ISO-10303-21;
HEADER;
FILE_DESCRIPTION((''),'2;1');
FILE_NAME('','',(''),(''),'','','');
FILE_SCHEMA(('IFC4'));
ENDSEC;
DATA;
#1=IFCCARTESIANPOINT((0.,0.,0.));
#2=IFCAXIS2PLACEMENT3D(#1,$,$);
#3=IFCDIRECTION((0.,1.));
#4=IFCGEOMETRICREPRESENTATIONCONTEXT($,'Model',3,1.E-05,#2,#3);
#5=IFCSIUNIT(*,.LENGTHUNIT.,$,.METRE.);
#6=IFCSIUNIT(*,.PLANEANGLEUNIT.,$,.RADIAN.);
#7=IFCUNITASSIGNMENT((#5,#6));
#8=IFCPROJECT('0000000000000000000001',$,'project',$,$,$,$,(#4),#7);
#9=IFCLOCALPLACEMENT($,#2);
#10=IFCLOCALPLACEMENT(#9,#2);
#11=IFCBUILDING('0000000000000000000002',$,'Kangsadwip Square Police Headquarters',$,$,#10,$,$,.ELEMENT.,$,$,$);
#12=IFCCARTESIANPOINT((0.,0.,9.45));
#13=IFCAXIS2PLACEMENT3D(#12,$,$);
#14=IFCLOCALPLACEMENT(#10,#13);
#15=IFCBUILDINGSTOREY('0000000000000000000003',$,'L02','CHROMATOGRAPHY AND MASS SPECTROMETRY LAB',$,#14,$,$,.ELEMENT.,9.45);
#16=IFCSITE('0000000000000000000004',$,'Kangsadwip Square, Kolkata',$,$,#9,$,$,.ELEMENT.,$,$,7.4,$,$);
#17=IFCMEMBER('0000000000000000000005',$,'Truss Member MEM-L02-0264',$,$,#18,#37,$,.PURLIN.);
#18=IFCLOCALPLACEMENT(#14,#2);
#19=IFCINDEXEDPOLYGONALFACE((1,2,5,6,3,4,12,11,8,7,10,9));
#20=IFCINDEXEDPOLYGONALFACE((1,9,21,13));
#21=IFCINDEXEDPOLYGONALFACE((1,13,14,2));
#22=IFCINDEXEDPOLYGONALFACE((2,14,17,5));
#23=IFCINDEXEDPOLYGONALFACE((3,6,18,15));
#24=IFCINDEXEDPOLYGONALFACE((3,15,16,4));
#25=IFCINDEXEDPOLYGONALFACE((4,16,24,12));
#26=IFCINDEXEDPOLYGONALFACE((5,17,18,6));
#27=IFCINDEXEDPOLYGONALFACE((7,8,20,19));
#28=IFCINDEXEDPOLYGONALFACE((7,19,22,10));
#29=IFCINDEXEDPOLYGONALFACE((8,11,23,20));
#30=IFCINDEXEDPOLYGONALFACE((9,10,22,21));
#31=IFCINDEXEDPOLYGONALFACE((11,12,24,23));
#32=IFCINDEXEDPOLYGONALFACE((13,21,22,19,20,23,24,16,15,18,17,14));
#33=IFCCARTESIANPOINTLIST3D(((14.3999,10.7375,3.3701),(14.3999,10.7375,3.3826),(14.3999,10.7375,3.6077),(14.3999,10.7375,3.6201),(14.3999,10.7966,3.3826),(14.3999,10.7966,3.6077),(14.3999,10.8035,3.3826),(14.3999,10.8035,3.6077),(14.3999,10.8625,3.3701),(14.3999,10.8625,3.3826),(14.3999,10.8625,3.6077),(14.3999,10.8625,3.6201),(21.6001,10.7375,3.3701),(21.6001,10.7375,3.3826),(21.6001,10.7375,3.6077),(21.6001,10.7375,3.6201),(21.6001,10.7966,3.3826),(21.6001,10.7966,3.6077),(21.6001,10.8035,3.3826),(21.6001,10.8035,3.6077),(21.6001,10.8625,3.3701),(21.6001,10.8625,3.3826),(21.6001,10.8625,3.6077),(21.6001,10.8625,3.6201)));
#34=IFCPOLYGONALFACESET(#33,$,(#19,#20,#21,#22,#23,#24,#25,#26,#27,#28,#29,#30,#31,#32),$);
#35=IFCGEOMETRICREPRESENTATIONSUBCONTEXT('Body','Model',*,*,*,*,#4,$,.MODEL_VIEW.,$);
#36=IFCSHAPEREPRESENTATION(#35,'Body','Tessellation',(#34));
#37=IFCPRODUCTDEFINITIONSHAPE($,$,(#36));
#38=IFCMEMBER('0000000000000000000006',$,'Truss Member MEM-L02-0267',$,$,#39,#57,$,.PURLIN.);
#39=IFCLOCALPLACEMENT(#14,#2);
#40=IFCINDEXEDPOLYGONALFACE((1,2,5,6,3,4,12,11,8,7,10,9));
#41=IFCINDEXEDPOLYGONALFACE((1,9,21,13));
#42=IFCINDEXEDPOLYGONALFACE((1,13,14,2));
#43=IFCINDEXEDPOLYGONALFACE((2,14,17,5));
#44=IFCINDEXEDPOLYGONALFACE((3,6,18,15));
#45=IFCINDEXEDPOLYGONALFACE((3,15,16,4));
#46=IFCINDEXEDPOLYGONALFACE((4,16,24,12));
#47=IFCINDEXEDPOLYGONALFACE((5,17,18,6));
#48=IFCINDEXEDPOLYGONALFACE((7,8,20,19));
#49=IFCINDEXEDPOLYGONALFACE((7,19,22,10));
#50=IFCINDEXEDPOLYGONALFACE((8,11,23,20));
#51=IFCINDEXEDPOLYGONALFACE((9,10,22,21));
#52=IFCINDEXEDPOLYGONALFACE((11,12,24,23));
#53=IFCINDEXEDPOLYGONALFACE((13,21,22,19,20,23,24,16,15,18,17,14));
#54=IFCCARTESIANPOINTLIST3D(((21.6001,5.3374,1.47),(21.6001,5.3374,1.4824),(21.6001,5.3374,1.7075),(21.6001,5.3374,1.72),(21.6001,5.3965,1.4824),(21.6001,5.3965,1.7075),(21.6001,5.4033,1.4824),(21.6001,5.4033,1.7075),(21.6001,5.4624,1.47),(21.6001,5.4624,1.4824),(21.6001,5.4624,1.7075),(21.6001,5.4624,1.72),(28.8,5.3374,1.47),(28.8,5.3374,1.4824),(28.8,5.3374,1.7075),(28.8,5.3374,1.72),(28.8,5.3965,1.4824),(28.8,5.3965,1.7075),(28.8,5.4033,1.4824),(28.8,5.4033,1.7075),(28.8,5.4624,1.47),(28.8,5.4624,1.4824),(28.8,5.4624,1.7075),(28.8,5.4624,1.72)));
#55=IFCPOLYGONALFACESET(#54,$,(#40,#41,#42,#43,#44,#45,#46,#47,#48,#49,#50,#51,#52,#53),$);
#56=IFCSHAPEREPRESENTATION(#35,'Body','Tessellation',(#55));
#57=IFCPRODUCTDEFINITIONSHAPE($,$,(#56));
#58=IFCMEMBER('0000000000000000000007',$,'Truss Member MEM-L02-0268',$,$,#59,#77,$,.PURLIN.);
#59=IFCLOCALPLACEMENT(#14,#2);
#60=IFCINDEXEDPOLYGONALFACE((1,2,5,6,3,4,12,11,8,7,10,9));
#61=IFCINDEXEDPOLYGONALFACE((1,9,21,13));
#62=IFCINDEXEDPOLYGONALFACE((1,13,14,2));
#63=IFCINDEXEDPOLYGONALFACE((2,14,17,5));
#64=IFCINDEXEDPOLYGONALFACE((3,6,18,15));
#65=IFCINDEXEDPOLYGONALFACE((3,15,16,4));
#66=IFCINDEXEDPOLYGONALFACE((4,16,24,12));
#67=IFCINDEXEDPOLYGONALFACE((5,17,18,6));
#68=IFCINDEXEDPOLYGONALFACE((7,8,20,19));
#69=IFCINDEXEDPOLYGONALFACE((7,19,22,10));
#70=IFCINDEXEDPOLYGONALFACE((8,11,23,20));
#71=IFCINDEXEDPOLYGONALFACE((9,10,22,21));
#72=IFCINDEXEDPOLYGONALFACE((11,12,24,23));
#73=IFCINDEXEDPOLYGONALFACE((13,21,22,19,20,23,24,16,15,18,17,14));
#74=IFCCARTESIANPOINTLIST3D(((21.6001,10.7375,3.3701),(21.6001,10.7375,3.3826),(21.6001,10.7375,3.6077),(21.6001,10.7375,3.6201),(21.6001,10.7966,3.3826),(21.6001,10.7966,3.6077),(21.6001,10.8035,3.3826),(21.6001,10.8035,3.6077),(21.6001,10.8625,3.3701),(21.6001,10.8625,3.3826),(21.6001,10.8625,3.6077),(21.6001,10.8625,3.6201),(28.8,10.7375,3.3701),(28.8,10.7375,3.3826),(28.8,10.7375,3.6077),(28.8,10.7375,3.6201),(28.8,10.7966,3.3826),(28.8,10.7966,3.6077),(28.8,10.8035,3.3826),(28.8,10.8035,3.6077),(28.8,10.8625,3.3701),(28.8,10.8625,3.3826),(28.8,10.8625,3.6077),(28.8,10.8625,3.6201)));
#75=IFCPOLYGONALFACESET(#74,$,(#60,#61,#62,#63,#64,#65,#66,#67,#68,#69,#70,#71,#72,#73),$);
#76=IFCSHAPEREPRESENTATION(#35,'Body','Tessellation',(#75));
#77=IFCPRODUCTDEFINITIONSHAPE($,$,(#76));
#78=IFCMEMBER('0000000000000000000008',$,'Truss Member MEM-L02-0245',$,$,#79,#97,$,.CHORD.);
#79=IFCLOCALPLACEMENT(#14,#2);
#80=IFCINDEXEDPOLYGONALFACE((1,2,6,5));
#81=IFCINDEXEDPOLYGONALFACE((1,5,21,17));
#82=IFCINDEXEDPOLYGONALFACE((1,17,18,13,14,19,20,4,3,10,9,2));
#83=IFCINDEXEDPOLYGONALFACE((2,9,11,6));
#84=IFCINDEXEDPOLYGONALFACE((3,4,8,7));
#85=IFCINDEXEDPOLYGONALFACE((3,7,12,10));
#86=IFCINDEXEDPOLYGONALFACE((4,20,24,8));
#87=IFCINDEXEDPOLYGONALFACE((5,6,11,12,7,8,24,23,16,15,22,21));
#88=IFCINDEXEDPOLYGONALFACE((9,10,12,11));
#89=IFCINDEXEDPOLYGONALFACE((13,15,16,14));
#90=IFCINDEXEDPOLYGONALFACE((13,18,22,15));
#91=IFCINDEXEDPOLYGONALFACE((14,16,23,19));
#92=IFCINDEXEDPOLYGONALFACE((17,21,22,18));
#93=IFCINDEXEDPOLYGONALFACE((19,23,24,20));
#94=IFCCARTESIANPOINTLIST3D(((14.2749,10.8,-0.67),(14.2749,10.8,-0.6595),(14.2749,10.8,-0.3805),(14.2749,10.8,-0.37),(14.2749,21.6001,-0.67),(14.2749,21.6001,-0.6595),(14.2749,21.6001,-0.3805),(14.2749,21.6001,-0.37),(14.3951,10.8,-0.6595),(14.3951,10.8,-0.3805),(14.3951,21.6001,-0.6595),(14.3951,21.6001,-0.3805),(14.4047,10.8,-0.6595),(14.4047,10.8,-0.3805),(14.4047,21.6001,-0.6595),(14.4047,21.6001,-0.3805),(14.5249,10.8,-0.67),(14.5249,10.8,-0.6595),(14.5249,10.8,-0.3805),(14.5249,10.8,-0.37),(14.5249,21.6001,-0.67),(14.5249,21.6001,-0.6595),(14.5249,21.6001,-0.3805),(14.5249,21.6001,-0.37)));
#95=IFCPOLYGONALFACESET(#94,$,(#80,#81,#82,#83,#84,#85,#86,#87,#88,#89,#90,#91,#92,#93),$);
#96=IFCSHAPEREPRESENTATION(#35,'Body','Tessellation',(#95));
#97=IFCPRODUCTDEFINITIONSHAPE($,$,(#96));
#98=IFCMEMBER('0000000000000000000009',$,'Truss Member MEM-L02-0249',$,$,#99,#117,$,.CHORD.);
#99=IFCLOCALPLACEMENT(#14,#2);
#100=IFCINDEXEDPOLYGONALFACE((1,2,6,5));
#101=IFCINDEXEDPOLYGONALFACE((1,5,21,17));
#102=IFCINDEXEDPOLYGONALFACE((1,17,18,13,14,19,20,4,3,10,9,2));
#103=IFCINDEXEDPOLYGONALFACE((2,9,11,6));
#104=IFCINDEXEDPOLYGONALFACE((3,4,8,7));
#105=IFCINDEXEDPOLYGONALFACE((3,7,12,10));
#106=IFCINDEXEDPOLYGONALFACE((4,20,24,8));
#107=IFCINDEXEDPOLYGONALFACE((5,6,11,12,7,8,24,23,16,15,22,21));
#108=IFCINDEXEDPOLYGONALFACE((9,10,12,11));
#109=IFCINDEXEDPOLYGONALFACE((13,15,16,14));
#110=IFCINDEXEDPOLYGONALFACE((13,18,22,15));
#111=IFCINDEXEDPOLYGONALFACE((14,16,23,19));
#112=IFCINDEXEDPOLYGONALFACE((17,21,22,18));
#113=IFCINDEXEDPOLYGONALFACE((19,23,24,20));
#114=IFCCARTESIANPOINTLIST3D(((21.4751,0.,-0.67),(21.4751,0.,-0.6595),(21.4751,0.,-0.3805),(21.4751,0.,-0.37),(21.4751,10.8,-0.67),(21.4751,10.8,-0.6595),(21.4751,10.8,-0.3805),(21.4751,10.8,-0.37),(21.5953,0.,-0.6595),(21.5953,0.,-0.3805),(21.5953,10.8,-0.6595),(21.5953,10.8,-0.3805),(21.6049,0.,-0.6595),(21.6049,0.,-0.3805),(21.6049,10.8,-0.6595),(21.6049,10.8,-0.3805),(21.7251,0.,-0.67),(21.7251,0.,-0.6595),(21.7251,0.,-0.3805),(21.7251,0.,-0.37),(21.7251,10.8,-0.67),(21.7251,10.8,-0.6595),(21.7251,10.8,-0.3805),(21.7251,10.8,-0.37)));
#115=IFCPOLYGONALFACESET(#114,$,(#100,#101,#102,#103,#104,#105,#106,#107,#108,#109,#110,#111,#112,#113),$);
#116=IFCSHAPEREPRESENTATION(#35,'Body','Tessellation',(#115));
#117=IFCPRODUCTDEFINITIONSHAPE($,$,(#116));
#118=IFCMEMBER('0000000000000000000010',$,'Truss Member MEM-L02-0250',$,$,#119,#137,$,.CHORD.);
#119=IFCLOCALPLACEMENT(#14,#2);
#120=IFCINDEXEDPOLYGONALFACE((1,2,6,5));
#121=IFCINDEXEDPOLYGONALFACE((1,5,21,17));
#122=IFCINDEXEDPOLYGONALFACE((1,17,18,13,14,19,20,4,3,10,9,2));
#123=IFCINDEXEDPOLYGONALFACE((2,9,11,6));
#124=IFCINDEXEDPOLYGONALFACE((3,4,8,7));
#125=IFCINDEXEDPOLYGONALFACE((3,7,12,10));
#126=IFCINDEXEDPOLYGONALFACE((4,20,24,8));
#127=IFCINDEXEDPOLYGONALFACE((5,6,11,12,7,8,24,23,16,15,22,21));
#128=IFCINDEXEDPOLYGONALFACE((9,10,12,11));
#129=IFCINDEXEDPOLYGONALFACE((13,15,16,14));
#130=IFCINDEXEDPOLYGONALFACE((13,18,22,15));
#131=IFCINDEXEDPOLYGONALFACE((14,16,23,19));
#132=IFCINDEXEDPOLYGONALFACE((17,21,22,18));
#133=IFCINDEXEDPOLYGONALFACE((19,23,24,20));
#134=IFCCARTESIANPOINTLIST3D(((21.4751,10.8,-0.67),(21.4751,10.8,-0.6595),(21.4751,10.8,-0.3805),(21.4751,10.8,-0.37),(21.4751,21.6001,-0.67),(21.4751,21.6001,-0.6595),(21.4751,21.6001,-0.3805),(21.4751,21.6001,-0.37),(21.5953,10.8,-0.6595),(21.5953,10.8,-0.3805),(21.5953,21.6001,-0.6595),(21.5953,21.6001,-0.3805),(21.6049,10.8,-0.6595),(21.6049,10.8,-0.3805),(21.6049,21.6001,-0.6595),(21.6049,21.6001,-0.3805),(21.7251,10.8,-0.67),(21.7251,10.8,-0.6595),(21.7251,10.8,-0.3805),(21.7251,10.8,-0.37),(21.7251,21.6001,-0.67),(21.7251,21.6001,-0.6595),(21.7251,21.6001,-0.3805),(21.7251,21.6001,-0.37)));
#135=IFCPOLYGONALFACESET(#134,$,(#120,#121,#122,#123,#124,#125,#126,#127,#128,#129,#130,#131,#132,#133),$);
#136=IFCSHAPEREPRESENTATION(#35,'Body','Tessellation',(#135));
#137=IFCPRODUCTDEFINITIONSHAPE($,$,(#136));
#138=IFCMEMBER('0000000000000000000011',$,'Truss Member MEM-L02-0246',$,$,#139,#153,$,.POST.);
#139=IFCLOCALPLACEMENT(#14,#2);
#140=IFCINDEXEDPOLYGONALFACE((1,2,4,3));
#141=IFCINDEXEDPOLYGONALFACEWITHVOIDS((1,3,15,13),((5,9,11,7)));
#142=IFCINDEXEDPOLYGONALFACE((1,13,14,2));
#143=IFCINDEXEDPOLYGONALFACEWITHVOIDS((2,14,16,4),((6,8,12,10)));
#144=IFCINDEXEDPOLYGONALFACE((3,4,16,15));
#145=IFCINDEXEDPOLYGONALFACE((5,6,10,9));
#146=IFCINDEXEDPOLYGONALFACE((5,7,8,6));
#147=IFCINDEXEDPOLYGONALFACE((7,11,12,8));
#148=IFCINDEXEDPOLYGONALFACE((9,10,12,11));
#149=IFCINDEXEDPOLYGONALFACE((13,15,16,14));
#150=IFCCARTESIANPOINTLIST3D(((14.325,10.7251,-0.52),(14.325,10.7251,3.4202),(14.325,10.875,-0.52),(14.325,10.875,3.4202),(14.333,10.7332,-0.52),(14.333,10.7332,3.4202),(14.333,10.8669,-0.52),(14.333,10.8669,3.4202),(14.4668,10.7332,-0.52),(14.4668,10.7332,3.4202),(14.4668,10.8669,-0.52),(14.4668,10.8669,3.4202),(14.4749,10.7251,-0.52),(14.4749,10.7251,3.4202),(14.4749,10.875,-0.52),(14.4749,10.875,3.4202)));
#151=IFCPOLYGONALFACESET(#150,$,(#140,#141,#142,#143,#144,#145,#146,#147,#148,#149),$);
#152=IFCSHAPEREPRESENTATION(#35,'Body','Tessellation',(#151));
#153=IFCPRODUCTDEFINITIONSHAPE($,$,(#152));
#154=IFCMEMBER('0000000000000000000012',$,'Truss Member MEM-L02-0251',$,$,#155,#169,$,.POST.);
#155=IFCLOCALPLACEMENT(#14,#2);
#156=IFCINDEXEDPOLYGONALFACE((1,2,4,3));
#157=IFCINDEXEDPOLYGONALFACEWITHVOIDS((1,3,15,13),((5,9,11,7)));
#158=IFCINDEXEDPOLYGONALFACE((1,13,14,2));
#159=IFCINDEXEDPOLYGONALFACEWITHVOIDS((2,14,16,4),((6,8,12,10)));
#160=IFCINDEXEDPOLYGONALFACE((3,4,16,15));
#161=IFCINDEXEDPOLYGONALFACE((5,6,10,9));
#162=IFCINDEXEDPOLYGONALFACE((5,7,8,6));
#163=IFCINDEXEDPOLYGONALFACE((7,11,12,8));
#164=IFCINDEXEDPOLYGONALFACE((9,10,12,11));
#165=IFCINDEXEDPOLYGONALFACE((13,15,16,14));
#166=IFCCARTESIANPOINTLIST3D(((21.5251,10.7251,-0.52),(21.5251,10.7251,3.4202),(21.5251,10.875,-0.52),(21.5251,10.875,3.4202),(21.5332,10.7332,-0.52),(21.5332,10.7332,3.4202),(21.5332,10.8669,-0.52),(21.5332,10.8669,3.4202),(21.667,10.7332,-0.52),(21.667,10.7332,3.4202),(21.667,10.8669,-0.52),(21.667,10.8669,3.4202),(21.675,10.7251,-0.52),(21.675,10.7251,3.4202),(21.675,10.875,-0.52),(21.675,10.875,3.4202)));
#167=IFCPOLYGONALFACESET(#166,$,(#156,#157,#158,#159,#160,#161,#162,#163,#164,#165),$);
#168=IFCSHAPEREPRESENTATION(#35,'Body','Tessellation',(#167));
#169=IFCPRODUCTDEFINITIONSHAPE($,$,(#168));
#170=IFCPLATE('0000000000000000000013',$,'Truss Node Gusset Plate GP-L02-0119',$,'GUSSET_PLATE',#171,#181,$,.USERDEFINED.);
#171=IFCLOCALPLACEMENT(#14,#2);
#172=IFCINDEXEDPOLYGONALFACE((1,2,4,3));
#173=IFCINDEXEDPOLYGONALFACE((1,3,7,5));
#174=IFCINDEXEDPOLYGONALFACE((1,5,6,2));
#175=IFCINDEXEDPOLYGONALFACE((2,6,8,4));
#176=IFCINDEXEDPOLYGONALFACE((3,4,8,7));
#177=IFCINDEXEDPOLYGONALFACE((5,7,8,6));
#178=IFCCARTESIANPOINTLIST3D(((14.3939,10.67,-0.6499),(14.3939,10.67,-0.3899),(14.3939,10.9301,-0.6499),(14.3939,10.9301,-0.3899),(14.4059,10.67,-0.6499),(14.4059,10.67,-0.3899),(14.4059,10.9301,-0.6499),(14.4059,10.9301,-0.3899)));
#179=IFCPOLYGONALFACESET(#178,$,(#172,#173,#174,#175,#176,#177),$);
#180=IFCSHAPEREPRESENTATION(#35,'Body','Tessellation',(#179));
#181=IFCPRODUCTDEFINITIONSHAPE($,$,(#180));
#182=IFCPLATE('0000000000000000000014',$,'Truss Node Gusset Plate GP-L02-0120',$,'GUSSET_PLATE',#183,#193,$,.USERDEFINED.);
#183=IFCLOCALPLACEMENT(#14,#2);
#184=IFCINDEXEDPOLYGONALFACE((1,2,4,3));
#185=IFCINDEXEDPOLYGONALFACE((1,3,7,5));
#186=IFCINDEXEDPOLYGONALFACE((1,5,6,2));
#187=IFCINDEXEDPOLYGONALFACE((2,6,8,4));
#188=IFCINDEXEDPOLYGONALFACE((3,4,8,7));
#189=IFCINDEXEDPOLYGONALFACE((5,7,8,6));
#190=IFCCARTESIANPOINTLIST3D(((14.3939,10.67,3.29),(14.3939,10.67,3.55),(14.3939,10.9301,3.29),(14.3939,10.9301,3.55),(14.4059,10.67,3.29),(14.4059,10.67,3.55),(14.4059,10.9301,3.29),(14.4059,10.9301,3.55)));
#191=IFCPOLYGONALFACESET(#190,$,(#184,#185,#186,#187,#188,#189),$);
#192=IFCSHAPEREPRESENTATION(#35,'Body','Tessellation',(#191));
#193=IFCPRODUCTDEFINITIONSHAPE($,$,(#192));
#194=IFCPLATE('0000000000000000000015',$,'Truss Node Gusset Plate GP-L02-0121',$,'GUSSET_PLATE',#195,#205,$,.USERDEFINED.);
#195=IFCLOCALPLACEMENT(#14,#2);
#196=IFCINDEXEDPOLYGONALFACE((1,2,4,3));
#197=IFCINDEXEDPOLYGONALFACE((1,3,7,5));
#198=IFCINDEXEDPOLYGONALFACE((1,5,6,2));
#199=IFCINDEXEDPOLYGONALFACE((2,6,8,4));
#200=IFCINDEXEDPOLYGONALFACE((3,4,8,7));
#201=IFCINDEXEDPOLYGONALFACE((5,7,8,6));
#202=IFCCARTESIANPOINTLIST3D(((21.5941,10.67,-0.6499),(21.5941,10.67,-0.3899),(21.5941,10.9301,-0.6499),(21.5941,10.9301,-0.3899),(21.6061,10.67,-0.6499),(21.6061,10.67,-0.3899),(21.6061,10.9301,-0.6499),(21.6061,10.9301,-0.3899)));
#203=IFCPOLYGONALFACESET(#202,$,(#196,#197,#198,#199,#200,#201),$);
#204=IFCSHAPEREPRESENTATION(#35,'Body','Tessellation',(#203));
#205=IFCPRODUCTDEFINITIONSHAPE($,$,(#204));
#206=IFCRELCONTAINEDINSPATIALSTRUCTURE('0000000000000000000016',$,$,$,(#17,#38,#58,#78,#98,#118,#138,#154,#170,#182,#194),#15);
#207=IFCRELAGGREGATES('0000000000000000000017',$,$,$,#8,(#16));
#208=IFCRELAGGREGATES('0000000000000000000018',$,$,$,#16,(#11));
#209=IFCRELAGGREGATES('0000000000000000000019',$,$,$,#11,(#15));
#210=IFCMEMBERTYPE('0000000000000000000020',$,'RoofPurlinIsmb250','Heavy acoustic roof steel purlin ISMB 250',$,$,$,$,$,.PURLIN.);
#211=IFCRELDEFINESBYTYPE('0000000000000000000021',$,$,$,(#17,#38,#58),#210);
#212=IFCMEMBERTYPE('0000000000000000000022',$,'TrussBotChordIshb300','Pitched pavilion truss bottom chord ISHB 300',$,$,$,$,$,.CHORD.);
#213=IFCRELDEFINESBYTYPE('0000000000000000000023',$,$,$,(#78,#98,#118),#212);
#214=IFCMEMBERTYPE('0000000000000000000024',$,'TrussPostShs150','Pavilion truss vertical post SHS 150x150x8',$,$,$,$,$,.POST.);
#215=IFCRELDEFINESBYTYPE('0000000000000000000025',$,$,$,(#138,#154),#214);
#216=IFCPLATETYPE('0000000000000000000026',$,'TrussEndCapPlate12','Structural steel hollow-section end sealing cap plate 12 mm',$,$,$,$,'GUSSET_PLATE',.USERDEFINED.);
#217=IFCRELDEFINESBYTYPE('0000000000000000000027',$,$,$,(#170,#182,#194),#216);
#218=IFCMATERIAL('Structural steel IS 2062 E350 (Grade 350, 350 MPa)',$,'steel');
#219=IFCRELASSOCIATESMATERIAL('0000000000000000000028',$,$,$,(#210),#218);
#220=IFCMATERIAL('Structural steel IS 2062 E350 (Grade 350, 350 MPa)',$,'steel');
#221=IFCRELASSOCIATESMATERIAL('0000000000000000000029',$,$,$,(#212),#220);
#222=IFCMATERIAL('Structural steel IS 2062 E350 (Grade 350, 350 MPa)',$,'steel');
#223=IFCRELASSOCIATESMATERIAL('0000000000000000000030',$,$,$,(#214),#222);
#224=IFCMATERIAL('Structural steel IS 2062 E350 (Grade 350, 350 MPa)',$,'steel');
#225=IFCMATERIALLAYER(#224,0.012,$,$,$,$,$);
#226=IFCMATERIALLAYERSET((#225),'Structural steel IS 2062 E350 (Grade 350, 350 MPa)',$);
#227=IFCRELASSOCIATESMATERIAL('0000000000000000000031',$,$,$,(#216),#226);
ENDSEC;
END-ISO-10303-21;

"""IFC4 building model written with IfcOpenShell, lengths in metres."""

from ifc_helpers import new_model, si_unit, direction, frame, origin, origin_2d, place, context, subcontext, project, spatial, rectangle, hollow_rectangle, i_section, extrude, material, layer, layer_set, material_profile, profile_set, type_object, element, save


model = new_model("IFC4")

# Units and contexts
model_context = context("Model", 3, precision=1e-05, world=origin(), true_north=direction((0.0, 1.0)))
body_context = subcontext(model_context, "Body", "Model", "MODEL_VIEW")
ifc_project = project(units=[si_unit("LENGTHUNIT", "METRE"), si_unit("PLANEANGLEUNIT", "RADIAN")], contexts=[model_context])

# Site, building, storey
site_placement = place(None, origin())
site = spatial("IfcSite", under=ifc_project, at=site_placement, Name="Kangsadwip Square, Kolkata", CompositionType="ELEMENT", RefElevation=7.4)
building_placement = place(site_placement, origin())
building = spatial("IfcBuilding", under=site, at=building_placement, Name="Kangsadwip Square Police Headquarters", CompositionType="ELEMENT")
storey_placement = place(building_placement, frame((0.0, 0.0, 9.45)))
storey = spatial("IfcBuildingStorey", under=building, at=storey_placement, Name="L02", Description="CHROMATOGRAPHY AND MASS SPECTROMETRY LAB", CompositionType="ELEMENT", Elevation=9.45)

# Members
ifc_material_1 = material(Name="Structural steel IS 2062 E350 (Grade 350, 350 MPa)", Category="steel")
ifc_material_profile_1 = material_profile(ifc_material_1, i_section(OverallWidth=0.125, OverallDepth=0.25, WebThickness=0.0068, FlangeThickness=0.0125, at=origin_2d()), Name="ISMB 250")
ifc_profile_set_1 = profile_set([ifc_material_profile_1], Name="Structural steel IS 2062 E350 (Grade 350, 350 MPa)")
member_type_1 = type_object("IfcMemberType", Name="RoofPurlinIsmb250", Description="Heavy acoustic roof steel purlin ISMB 250", PredefinedType="PURLIN", material=ifc_profile_set_1)
for number, where, z_axis, x_axis, name in (
    (1, (14.3999, 10.8, 3.4951), (1.0, 0.0, 0.0), (0.0, 1.0, 0.0), "Truss Member MEM-L02-0264"),
):
    element("IfcMember", number, at=place(storey_placement, frame(where, z_axis=z_axis, x_axis=x_axis)), inside=storey, type_object=member_type_1, Name=name, PredefinedType="PURLIN", context=body_context, shape_type="SweptSolid", body=[
        extrude(i_section(OverallWidth=0.125, OverallDepth=0.25, WebThickness=0.0068, FlangeThickness=0.0125, at=origin_2d()), origin(), (0.0, 0.0, 1.0), 7.2002),
    ])
for number, where, z_axis, x_axis, name in (
    (2, (21.6001, 5.3999, 1.595), (1.0, 0.0, 0.0), (0.0, 1.0, 0.0), "Truss Member MEM-L02-0267"),
    (3, (21.6001, 10.8, 3.4951), (1.0, 0.0, 0.0), (0.0, 1.0, 0.0), "Truss Member MEM-L02-0268"),
):
    element("IfcMember", number, at=place(storey_placement, frame(where, z_axis=z_axis, x_axis=x_axis)), inside=storey, type_object=member_type_1, Name=name, PredefinedType="PURLIN", context=body_context, shape_type="SweptSolid", body=[
        extrude(i_section(OverallWidth=0.125, OverallDepth=0.25, WebThickness=0.0068, FlangeThickness=0.0125, at=origin_2d()), origin(), (0.0, 0.0, 1.0), 7.2),
    ])
ifc_material_2 = material(Name="Structural steel IS 2062 E350 (Grade 350, 350 MPa)", Category="steel")
ifc_material_profile_2 = material_profile(ifc_material_2, i_section(OverallWidth=0.25, OverallDepth=0.3, WebThickness=0.0095, FlangeThickness=0.0105, at=origin_2d()), Name="ISHB 300")
ifc_profile_set_2 = profile_set([ifc_material_profile_2], Name="Structural steel IS 2062 E350 (Grade 350, 350 MPa)")
member_type_2 = type_object("IfcMemberType", Name="TrussBotChordIshb300", Description="Pitched pavilion truss bottom chord ISHB 300", PredefinedType="CHORD", material=ifc_profile_set_2)
for number, where, z_axis, x_axis, name in (
    (4, (14.3999, 10.8, -0.52), (0.0, 1.0, 0.0), (-1.0, 0.0, 0.0), "Truss Member MEM-L02-0245"),
    (5, (21.6001, 0.0, -0.52), (0.0, 1.0, 0.0), (-1.0, 0.0, 0.0), "Truss Member MEM-L02-0249"),
    (6, (21.6001, 10.8, -0.52), (0.0, 1.0, 0.0), (-1.0, 0.0, 0.0), "Truss Member MEM-L02-0250"),
):
    element("IfcMember", number, at=place(storey_placement, frame(where, z_axis=z_axis, x_axis=x_axis)), inside=storey, type_object=member_type_2, Name=name, PredefinedType="CHORD", context=body_context, shape_type="SweptSolid", body=[
        extrude(i_section(OverallWidth=0.25, OverallDepth=0.3, WebThickness=0.0095, FlangeThickness=0.0105, at=origin_2d()), origin(), (0.0, 0.0, 1.0), 10.8),
    ])
ifc_material_3 = material(Name="Structural steel IS 2062 E350 (Grade 350, 350 MPa)", Category="steel")
ifc_material_profile_3 = material_profile(ifc_material_3, hollow_rectangle(XDim=0.1499, YDim=0.1499, WallThickness=0.0081, at=origin_2d()), Name="SHS 150X150X8")
ifc_profile_set_3 = profile_set([ifc_material_profile_3], Name="Structural steel IS 2062 E350 (Grade 350, 350 MPa)")
member_type_3 = type_object("IfcMemberType", Name="TrussPostShs150", Description="Pavilion truss vertical post SHS 150x150x8", PredefinedType="POST", material=ifc_profile_set_3)
for number, where, z_axis, x_axis, name in (
    (7, (14.3999, 10.8, -0.52), (0.0, 0.0, 1.0), (1.0, 0.0, 0.0), "Truss Member MEM-L02-0246"),
    (8, (21.6001, 10.8, -0.52), (0.0, 0.0, 1.0), (1.0, 0.0, 0.0), "Truss Member MEM-L02-0251"),
):
    element("IfcMember", number, at=place(storey_placement, frame(where, z_axis=z_axis, x_axis=x_axis)), inside=storey, type_object=member_type_3, Name=name, PredefinedType="POST", context=body_context, shape_type="SweptSolid", body=[
        extrude(hollow_rectangle(XDim=0.1499, YDim=0.1499, WallThickness=0.0081, at=origin_2d()), origin(), (0.0, 0.0, 1.0), 3.9402),
    ])

# Plates
ifc_material_4 = material(Name="Structural steel IS 2062 E350 (Grade 350, 350 MPa)", Category="steel")
ifc_layer_1 = layer(ifc_material_4, 0.012)
ifc_layer_set_1 = layer_set([ifc_layer_1], Name="Structural steel IS 2062 E350 (Grade 350, 350 MPa)")
plate_type = type_object("IfcPlateType", Name="TrussEndCapPlate12", Description="Structural steel hollow-section end sealing cap plate 12 mm", ElementType="GUSSET_PLATE", PredefinedType="USERDEFINED", material=ifc_layer_set_1)
for number, where, z_axis, x_axis, name in (
    (9, (14.3999, 10.8, -0.6499), (0.0, 0.0, 1.0), (0.0, 1.0, 0.0), "Truss Node Gusset Plate GP-L02-0119"),
    (10, (14.3999, 10.8, 3.29), (0.0, 0.0, 1.0), (0.0, 1.0, 0.0), "Truss Node Gusset Plate GP-L02-0120"),
    (11, (21.6001, 10.8, -0.6499), (0.0, 0.0, 1.0), (0.0, 1.0, 0.0), "Truss Node Gusset Plate GP-L02-0121"),
):
    element("IfcPlate", number, at=place(storey_placement, frame(where, z_axis=z_axis, x_axis=x_axis)), inside=storey, type_object=plate_type, Name=name, ObjectType="GUSSET_PLATE", PredefinedType="USERDEFINED", context=body_context, shape_type="SweptSolid", body=[
        extrude(rectangle(XDim=0.26, YDim=0.012, at=origin_2d()), origin(), (0.0, 0.0, 1.0), 0.26),
    ])

save(model, "model.ifc")
